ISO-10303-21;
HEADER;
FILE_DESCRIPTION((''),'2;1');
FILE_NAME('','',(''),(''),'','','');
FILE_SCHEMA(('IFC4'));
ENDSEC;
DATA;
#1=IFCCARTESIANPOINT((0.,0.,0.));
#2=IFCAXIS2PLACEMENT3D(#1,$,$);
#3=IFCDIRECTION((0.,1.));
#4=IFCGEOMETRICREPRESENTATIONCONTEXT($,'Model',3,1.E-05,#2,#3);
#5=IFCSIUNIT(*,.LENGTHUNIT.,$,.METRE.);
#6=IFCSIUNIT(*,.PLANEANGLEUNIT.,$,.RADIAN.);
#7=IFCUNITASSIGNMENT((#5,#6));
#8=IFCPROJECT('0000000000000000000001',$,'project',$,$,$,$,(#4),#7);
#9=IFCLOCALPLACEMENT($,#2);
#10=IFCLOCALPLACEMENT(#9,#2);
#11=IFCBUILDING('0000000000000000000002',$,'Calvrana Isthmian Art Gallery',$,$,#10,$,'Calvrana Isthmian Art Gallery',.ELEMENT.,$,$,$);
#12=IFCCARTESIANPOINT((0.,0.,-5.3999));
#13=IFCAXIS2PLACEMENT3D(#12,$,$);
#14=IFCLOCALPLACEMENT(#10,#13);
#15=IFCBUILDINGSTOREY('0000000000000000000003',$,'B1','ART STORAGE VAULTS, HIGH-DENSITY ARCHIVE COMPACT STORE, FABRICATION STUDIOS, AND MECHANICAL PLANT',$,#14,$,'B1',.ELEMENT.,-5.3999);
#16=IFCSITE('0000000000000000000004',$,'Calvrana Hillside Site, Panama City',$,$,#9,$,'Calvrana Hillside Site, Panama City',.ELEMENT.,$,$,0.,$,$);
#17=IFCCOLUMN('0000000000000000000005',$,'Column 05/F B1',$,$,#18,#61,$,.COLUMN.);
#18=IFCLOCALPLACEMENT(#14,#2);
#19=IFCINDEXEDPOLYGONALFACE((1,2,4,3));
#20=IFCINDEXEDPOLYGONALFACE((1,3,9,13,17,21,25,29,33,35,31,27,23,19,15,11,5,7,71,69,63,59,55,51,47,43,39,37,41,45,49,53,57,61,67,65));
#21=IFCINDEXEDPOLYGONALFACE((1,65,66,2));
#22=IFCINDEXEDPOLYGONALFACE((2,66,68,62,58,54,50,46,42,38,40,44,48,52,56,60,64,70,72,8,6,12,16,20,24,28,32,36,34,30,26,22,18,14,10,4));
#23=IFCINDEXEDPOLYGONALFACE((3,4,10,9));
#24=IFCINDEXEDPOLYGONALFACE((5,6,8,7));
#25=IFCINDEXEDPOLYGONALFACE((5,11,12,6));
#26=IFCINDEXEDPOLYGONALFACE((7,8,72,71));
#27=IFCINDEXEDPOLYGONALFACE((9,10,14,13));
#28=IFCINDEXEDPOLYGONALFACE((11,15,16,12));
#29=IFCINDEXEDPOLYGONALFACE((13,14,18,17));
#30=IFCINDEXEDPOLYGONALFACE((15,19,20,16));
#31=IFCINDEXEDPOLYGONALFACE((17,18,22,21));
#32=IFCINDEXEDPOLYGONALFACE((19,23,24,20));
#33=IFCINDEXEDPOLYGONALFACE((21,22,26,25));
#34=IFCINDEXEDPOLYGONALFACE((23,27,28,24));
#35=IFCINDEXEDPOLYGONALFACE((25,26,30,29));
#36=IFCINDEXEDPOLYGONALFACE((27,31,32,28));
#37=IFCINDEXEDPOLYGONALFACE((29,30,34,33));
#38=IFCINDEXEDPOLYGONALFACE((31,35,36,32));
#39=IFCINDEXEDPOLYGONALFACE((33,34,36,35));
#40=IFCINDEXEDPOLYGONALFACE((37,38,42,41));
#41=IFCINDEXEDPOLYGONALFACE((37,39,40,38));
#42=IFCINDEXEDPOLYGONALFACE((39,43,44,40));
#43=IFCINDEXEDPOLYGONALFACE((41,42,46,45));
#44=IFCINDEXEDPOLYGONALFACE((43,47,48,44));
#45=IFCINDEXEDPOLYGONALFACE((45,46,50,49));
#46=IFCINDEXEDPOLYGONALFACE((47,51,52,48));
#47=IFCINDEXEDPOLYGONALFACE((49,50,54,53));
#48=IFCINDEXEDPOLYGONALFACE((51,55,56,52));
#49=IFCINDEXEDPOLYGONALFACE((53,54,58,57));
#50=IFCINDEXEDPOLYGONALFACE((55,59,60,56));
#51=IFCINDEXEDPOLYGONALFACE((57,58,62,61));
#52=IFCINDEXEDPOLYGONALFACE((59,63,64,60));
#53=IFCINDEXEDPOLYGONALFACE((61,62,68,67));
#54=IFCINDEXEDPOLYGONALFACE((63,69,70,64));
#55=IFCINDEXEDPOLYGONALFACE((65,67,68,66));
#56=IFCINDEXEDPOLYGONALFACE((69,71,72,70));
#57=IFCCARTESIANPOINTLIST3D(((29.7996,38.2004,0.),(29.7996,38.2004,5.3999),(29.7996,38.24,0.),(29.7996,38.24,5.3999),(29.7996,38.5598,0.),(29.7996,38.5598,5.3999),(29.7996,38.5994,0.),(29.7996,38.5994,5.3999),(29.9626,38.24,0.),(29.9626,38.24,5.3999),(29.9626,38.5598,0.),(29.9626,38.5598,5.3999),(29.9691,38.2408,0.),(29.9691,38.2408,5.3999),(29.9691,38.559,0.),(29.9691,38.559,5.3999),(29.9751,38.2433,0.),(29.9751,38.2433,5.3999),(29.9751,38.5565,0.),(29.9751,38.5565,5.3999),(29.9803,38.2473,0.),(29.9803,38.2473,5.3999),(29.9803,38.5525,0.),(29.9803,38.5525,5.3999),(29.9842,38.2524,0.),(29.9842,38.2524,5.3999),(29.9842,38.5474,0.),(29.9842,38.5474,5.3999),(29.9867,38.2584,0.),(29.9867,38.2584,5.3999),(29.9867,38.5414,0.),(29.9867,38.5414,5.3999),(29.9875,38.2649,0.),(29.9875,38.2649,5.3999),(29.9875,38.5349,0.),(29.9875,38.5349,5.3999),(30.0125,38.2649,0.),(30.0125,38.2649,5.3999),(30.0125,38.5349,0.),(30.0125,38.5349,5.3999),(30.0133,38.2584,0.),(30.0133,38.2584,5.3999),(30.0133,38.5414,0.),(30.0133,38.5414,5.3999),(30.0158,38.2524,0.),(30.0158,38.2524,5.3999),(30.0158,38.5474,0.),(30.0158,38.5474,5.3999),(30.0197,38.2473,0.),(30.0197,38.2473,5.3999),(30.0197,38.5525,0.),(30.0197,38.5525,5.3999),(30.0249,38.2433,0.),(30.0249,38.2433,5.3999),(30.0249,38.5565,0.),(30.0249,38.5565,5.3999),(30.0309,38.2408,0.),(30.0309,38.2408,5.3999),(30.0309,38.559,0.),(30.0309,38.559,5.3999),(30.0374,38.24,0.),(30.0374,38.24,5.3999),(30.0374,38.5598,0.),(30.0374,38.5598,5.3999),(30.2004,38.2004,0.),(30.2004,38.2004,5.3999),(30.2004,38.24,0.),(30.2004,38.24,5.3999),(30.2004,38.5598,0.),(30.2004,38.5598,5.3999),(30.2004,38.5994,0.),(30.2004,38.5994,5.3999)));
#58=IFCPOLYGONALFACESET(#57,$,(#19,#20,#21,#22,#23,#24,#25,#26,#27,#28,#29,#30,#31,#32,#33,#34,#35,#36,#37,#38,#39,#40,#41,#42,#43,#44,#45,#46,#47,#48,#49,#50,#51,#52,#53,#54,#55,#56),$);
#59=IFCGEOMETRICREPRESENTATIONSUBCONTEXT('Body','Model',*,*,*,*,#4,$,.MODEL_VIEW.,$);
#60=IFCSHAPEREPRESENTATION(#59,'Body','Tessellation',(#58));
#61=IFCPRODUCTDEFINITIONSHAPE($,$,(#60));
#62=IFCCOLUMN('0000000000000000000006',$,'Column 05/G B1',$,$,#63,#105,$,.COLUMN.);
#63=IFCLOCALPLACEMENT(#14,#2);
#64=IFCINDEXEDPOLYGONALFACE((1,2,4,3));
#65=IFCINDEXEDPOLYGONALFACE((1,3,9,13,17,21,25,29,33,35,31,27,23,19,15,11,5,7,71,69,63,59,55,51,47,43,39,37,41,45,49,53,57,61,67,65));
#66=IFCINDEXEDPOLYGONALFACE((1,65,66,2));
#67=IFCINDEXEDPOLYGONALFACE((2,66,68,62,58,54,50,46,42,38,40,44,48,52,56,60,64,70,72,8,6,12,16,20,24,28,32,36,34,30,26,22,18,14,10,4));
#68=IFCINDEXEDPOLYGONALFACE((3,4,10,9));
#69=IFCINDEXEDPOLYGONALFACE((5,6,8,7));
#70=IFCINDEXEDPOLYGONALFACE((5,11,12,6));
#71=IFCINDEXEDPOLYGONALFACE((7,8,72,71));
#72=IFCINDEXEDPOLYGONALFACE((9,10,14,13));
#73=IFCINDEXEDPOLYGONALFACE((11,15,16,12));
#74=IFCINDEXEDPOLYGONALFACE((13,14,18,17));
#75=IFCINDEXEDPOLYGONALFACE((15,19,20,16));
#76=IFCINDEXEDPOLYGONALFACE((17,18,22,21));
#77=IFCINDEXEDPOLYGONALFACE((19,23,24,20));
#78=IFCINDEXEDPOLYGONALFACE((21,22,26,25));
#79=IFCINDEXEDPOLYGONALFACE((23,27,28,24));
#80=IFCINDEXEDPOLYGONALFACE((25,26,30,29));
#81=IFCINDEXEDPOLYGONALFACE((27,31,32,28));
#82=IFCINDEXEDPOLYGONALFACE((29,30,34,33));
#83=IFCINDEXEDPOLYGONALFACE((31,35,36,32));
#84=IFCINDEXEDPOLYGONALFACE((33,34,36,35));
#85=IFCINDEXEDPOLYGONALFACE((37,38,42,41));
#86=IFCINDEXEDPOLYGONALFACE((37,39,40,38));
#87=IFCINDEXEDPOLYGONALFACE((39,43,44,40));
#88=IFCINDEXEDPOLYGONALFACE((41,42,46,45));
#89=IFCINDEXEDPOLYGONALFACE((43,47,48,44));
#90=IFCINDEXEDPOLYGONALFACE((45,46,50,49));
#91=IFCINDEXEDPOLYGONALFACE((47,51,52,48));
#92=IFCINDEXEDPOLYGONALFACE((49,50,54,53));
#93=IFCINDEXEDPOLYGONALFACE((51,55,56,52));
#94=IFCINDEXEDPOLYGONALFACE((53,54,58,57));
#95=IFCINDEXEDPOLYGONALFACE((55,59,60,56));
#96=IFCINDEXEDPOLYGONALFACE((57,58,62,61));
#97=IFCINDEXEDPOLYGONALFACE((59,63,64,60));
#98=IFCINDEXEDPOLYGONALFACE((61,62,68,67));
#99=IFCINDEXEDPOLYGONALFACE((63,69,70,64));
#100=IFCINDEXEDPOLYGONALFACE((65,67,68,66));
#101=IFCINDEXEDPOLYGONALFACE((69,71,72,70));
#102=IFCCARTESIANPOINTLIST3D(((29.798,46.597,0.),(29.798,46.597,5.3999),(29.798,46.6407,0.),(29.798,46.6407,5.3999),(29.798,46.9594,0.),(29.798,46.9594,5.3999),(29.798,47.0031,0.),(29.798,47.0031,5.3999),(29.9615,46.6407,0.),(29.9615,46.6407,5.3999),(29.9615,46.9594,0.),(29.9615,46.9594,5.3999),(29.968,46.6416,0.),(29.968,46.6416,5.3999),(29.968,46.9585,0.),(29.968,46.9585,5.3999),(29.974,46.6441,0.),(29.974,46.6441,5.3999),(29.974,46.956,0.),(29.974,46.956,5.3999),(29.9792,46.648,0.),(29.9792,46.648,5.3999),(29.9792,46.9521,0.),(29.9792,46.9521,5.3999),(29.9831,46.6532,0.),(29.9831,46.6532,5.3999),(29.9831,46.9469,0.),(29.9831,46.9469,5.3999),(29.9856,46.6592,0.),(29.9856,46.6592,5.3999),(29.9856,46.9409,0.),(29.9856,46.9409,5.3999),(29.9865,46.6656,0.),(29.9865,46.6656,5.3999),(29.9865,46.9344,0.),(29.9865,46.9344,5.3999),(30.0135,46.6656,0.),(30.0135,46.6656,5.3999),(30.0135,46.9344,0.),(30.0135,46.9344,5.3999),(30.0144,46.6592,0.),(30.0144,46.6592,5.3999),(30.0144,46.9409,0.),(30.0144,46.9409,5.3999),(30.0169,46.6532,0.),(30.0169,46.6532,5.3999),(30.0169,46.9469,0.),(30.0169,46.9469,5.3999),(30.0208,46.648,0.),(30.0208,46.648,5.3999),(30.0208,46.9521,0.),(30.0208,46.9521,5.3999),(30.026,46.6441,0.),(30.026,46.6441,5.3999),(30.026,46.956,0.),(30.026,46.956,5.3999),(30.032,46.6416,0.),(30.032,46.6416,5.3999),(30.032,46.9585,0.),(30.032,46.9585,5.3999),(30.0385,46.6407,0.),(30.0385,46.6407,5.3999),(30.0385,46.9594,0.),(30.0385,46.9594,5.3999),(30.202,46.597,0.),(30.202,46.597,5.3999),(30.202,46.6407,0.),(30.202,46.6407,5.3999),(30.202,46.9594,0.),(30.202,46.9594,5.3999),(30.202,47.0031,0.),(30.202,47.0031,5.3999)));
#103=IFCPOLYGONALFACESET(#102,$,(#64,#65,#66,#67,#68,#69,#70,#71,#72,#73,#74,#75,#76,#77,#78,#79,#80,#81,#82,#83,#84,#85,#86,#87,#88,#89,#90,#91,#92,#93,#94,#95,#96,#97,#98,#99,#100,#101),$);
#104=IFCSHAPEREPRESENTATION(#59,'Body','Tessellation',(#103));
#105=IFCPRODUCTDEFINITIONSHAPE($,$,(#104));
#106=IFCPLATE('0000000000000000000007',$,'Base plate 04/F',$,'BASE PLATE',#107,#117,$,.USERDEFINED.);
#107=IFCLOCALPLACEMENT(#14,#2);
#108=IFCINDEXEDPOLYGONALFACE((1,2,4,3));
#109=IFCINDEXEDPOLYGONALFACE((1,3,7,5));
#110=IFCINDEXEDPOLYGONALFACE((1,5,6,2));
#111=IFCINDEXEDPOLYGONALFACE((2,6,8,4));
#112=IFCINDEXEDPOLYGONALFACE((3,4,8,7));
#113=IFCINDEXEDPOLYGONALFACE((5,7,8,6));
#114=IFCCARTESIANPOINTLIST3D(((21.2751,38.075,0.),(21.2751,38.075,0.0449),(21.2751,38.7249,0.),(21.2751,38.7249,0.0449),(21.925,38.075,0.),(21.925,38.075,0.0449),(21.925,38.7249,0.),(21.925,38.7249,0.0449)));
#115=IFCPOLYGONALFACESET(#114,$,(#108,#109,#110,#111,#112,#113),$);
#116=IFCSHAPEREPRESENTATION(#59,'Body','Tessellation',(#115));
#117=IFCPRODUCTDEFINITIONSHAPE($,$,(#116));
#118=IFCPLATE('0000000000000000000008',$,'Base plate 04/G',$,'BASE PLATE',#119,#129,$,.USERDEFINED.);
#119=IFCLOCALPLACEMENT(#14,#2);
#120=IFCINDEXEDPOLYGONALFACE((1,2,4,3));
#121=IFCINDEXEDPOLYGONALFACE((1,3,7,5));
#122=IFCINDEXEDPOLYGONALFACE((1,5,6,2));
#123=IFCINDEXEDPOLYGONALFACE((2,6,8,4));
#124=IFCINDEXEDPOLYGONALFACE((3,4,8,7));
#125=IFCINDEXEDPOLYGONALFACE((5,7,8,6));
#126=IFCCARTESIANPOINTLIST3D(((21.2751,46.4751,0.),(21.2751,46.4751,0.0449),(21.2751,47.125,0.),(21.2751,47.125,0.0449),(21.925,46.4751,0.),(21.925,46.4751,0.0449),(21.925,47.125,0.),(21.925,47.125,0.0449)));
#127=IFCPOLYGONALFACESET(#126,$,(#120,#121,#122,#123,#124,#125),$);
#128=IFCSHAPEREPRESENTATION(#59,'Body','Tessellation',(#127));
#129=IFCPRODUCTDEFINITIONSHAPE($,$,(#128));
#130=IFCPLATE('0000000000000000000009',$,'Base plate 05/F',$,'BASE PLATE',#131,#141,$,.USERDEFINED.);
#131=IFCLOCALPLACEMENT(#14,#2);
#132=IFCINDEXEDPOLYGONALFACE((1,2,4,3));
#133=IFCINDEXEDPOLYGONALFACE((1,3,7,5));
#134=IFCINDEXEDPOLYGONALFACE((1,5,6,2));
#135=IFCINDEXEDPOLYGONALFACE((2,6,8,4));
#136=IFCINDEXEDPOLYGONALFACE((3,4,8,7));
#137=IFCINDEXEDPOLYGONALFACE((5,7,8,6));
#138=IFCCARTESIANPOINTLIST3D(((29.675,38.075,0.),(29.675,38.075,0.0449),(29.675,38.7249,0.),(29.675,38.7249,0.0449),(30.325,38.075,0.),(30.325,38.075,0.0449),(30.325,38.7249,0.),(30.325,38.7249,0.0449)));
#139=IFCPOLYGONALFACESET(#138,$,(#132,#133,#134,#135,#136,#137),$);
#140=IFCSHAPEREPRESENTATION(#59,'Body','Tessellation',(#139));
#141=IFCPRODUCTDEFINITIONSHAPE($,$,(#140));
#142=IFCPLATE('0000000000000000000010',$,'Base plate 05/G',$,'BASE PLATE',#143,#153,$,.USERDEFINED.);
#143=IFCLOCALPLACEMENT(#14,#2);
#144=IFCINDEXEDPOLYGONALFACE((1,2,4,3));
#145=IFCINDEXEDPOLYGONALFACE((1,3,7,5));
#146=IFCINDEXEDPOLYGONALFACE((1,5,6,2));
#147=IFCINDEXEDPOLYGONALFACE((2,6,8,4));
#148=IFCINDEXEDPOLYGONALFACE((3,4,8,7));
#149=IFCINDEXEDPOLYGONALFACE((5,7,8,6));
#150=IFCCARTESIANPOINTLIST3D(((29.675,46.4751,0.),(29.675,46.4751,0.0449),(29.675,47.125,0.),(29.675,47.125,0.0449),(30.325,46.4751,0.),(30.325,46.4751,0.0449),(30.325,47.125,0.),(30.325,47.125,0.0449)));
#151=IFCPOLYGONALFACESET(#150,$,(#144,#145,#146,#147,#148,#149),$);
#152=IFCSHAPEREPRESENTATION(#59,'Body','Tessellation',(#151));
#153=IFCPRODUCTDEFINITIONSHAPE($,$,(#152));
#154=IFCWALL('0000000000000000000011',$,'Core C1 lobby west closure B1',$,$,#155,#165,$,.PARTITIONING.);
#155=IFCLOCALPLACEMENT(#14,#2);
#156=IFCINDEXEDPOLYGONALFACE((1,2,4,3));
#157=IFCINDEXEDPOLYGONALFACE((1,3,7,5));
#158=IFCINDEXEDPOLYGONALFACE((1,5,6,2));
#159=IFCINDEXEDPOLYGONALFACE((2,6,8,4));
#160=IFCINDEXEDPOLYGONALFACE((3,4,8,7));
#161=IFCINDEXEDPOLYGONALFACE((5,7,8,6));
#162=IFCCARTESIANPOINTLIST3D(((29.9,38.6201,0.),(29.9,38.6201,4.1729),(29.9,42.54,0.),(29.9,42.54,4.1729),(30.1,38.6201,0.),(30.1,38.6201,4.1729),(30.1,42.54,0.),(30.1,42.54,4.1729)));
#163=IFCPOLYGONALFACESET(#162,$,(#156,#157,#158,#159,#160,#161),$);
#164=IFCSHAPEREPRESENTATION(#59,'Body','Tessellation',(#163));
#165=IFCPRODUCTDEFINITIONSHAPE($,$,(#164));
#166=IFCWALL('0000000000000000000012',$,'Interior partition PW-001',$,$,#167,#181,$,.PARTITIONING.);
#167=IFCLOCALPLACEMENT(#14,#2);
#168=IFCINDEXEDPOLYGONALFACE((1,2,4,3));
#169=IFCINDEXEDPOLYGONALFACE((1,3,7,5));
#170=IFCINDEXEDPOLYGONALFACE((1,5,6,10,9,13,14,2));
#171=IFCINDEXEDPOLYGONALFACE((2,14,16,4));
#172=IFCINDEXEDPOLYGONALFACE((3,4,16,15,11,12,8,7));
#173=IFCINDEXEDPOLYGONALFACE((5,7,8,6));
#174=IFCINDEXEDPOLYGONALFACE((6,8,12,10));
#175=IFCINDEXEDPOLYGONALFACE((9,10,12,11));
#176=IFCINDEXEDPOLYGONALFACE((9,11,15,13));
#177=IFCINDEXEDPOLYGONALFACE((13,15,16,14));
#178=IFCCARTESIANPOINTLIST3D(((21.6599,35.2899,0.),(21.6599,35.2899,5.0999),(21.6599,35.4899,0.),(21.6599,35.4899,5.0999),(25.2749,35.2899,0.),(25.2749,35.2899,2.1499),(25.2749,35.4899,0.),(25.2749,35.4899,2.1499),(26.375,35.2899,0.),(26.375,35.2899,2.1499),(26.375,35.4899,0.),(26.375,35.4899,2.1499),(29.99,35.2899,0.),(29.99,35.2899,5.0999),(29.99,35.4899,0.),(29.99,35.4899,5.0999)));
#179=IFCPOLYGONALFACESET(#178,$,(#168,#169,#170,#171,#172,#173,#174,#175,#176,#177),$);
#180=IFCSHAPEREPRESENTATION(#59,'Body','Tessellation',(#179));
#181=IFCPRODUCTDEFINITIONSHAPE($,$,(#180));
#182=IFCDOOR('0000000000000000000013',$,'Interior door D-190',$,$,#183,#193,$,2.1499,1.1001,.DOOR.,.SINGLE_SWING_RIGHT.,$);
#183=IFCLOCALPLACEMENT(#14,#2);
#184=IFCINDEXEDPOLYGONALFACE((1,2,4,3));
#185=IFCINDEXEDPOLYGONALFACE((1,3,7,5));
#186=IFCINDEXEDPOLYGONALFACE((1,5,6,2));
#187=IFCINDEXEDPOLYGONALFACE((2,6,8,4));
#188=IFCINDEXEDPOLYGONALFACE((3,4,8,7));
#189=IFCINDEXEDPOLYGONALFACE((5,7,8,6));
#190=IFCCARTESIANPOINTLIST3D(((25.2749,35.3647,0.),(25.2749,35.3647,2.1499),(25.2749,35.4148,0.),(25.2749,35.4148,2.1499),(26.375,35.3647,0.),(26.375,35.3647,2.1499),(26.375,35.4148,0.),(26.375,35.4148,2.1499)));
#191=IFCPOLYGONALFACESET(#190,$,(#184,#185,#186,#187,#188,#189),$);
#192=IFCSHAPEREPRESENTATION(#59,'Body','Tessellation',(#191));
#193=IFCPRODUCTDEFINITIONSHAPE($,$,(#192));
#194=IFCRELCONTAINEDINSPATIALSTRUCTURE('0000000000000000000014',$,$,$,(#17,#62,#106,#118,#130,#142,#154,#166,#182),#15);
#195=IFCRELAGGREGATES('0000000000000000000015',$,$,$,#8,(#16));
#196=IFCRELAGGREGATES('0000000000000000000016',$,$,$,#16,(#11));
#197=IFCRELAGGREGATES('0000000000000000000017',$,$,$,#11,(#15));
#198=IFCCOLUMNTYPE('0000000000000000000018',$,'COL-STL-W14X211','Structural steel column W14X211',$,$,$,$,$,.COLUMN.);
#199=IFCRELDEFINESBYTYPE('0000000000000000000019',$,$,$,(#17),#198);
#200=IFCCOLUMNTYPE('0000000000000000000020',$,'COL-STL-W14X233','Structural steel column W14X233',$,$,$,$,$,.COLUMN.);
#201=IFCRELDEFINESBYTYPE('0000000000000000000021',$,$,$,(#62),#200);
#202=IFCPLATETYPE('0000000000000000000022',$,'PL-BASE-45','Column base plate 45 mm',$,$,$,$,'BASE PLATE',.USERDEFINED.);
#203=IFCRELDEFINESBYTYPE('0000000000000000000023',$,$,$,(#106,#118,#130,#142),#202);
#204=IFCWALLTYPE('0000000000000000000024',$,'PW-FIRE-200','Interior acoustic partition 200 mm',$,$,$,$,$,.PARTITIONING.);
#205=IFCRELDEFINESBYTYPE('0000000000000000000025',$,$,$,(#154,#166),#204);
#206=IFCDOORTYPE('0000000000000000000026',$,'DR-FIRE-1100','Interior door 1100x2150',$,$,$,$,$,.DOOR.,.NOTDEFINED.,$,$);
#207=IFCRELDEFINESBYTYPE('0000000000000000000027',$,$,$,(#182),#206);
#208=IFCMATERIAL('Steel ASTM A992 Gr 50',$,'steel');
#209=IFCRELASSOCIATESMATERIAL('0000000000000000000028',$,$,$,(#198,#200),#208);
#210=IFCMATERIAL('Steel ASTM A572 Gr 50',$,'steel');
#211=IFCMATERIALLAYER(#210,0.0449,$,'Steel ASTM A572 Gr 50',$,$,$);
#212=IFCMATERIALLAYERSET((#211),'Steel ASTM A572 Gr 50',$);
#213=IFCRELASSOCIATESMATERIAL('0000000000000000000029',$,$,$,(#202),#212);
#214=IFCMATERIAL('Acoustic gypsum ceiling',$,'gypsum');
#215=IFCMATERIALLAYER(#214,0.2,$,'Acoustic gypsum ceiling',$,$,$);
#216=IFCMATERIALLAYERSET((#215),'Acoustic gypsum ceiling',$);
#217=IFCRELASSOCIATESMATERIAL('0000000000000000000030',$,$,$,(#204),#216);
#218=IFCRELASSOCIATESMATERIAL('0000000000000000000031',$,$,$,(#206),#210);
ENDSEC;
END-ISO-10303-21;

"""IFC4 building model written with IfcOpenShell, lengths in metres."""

from ifc_helpers import new_model, si_unit, direction, frame, frame_2d, origin, origin_2d, place, context, subcontext, project, spatial, rectangle, i_section, extrude, material, layer, layer_set, material_profile, profile_set, type_object, element, fill, save


model = new_model("IFC4")

# Units and contexts
model_context = context("Model", 3, precision=1e-05, world=origin(), true_north=direction((0.0, 1.0)))
body_context = subcontext(model_context, "Body", "Model", "MODEL_VIEW")
ifc_project = project(units=[si_unit("LENGTHUNIT", "METRE"), si_unit("PLANEANGLEUNIT", "RADIAN")], contexts=[model_context])

# Site, building, storey
site_placement = place(None, origin())
site = spatial("IfcSite", under=ifc_project, at=site_placement, Name="Calvrana Hillside Site, Panama City", LongName="Calvrana Hillside Site, Panama City", CompositionType="ELEMENT", RefElevation=0.0)
building_placement = place(site_placement, origin())
building = spatial("IfcBuilding", under=site, at=building_placement, Name="Calvrana Isthmian Art Gallery", LongName="Calvrana Isthmian Art Gallery", CompositionType="ELEMENT")
storey_placement = place(building_placement, frame((0.0, 0.0, -5.3999)))
storey = spatial("IfcBuildingStorey", under=building, at=storey_placement, Name="B1", Description="ART STORAGE VAULTS, HIGH-DENSITY ARCHIVE COMPACT STORE, FABRICATION STUDIOS, AND MECHANICAL PLANT", LongName="B1", CompositionType="ELEMENT", Elevation=-5.3999)

# Columns
ifc_material_1 = material(Name="Steel ASTM A992 Gr 50", Category="steel")
ifc_material_profile_1 = material_profile(ifc_material_1, i_section(OverallWidth=0.4009, OverallDepth=0.3989, WebThickness=0.0249, FlangeThickness=0.0396, FilletRadius=0.0249, at=origin_2d()), Name="W14X211")
ifc_profile_set_1 = profile_set([ifc_material_profile_1], Name="Steel ASTM A992 Gr 50")
column_type_1 = type_object("IfcColumnType", Name="COL-STL-W14X211", Description="Structural steel column W14X211", PredefinedType="COLUMN", material=ifc_profile_set_1)
column_1_placement = place(storey_placement, frame((30.0, 38.3999, 0.0), z_axis=(0.0, 0.0, 1.0), x_axis=(1.0, 0.0, 0.0)))
element("IfcColumn", 1, at=column_1_placement, inside=storey, type_object=column_type_1, Name="Column 05/F B1", PredefinedType="COLUMN", context=body_context, shape_type="SweptSolid", body=[
    extrude(i_section(OverallWidth=0.4009, OverallDepth=0.3989, WebThickness=0.0249, FlangeThickness=0.0396, FilletRadius=0.0249, at=origin_2d()), origin(), (0.0, 0.0, 1.0), 5.3999),
])
ifc_material_profile_2 = material_profile(ifc_material_1, i_section(OverallWidth=0.4041, OverallDepth=0.406, WebThickness=0.0271, FlangeThickness=0.0437, FilletRadius=0.0249, at=origin_2d()), Name="W14X233")
ifc_profile_set_2 = profile_set([ifc_material_profile_2], Name="Steel ASTM A992 Gr 50")
column_type_2 = type_object("IfcColumnType", Name="COL-STL-W14X233", Description="Structural steel column W14X233", PredefinedType="COLUMN", material=ifc_profile_set_2)
column_2_placement = place(storey_placement, frame((30.0, 46.8, 0.0), z_axis=(0.0, 0.0, 1.0), x_axis=(1.0, 0.0, 0.0)))
element("IfcColumn", 2, at=column_2_placement, inside=storey, type_object=column_type_2, Name="Column 05/G B1", PredefinedType="COLUMN", context=body_context, shape_type="SweptSolid", body=[
    extrude(i_section(OverallWidth=0.4041, OverallDepth=0.406, WebThickness=0.0271, FlangeThickness=0.0437, FilletRadius=0.0249, at=origin_2d()), origin(), (0.0, 0.0, 1.0), 5.3999),
])

# Plates
ifc_material_2 = material(Name="Steel ASTM A572 Gr 50", Category="steel")
ifc_layer_1 = layer(ifc_material_2, 0.0449, Name="Steel ASTM A572 Gr 50")
ifc_layer_set_1 = layer_set([ifc_layer_1], Name="Steel ASTM A572 Gr 50")
plate_type = type_object("IfcPlateType", Name="PL-BASE-45", Description="Column base plate 45 mm", ElementType="BASE PLATE", PredefinedType="USERDEFINED", material=ifc_layer_set_1)
for number, where, z_axis, x_axis, name in (
    (3, (21.6001, 38.3999, 0.0), (0.0, 0.0, 1.0), (1.0, 0.0, 0.0), "Base plate 04/F"),
    (4, (21.6001, 46.8, 0.0), (0.0, 0.0, 1.0), (1.0, 0.0, 0.0), "Base plate 04/G"),
    (5, (30.0, 38.3999, 0.0), (0.0, 0.0, 1.0), (1.0, 0.0, 0.0), "Base plate 05/F"),
    (6, (30.0, 46.8, 0.0), (0.0, 0.0, 1.0), (1.0, 0.0, 0.0), "Base plate 05/G"),
):
    element("IfcPlate", number, at=place(storey_placement, frame(where, z_axis=z_axis, x_axis=x_axis)), inside=storey, type_object=plate_type, Name=name, ObjectType="BASE PLATE", PredefinedType="USERDEFINED", context=body_context, shape_type="SweptSolid", body=[
        extrude(rectangle(XDim=0.6499, YDim=0.6499, at=origin_2d()), origin(), (0.0, 0.0, 1.0), 0.0449),
    ])

# Wall
ifc_material_3 = material(Name="Acoustic gypsum ceiling", Category="gypsum")
ifc_layer_2 = layer(ifc_material_3, 0.2, Name="Acoustic gypsum ceiling")
ifc_layer_set_2 = layer_set([ifc_layer_2], Name="Acoustic gypsum ceiling")
wall_type_1 = type_object("IfcWallType", Name="PW-FIRE-200", Description="Interior acoustic partition 200 mm", PredefinedType="PARTITIONING", material=ifc_layer_set_2)
wall_1_placement = place(storey_placement, frame((30.0, 38.6201, 0.0), z_axis=(0.0, 0.0, 1.0), x_axis=(0.0, 1.0, 0.0)))
element("IfcWall", 7, at=wall_1_placement, inside=storey, type_object=wall_type_1, Name="Core C1 lobby west closure B1", PredefinedType="PARTITIONING", context=body_context, shape_type="SweptSolid", body=[
    extrude(rectangle(XDim=3.9199, YDim=0.2, at=frame_2d((1.96, 0.0))), origin(), (0.0, 0.0, 1.0), 4.1729),
])

# Wall, opening, door
wall_2_placement = place(storey_placement, frame((21.6599, 35.3899, 0.0), z_axis=(0.0, 0.0, 1.0), x_axis=(1.0, 0.0, 0.0)))
wall_2 = element("IfcWall", 8, at=wall_2_placement, inside=storey, type_object=wall_type_1, Name="Interior partition PW-001", PredefinedType="PARTITIONING", context=body_context, shape_type="SweptSolid", body=[
    extrude(rectangle(XDim=8.3301, YDim=0.2, at=frame_2d((4.165, 0.0))), origin(), (0.0, 0.0, 1.0), 5.0999),
])
opening_1_placement = place(wall_2_placement, frame((3.615, 0.0, 0.0)))
opening_1 = element("IfcOpeningElement", 9, at=opening_1_placement, cuts=wall_2, PredefinedType="OPENING", context=body_context, shape_type="SweptSolid", body=[
    extrude(rectangle(XDim=1.1001, YDim=2.1499, at=frame_2d((0.55, 1.075))), frame((0.0, 0.1104, 0.0), z_axis=(0.0, -1.0, 0.0), x_axis=(1.0, 0.0, 0.0)), (0.0, 0.0, 1.0), 0.2205),
])
door_type_1 = type_object("IfcDoorType", Name="DR-FIRE-1100", Description="Interior door 1100x2150", OperationType="NOTDEFINED", PredefinedType="DOOR", material=ifc_material_2)
door_1_placement = place(opening_1_placement, origin())
door_1 = element("IfcDoor", 10, at=door_1_placement, inside=storey, type_object=door_type_1, Name="Interior door D-190", OperationType="SINGLE_SWING_RIGHT", OverallHeight=2.1499, OverallWidth=1.1001, PredefinedType="DOOR", context=body_context, shape_type="SweptSolid", body=[
    extrude(rectangle(XDim=1.1001, YDim=2.1499, at=frame_2d((0.55, 1.075))), frame((0.0, 0.0249, 0.0), z_axis=(0.0, -1.0, 0.0), x_axis=(1.0, 0.0, 0.0)), (0.0, 0.0, 1.0), 0.05),
])
fill(opening_1, door_1)

save(model, "model.ifc")
